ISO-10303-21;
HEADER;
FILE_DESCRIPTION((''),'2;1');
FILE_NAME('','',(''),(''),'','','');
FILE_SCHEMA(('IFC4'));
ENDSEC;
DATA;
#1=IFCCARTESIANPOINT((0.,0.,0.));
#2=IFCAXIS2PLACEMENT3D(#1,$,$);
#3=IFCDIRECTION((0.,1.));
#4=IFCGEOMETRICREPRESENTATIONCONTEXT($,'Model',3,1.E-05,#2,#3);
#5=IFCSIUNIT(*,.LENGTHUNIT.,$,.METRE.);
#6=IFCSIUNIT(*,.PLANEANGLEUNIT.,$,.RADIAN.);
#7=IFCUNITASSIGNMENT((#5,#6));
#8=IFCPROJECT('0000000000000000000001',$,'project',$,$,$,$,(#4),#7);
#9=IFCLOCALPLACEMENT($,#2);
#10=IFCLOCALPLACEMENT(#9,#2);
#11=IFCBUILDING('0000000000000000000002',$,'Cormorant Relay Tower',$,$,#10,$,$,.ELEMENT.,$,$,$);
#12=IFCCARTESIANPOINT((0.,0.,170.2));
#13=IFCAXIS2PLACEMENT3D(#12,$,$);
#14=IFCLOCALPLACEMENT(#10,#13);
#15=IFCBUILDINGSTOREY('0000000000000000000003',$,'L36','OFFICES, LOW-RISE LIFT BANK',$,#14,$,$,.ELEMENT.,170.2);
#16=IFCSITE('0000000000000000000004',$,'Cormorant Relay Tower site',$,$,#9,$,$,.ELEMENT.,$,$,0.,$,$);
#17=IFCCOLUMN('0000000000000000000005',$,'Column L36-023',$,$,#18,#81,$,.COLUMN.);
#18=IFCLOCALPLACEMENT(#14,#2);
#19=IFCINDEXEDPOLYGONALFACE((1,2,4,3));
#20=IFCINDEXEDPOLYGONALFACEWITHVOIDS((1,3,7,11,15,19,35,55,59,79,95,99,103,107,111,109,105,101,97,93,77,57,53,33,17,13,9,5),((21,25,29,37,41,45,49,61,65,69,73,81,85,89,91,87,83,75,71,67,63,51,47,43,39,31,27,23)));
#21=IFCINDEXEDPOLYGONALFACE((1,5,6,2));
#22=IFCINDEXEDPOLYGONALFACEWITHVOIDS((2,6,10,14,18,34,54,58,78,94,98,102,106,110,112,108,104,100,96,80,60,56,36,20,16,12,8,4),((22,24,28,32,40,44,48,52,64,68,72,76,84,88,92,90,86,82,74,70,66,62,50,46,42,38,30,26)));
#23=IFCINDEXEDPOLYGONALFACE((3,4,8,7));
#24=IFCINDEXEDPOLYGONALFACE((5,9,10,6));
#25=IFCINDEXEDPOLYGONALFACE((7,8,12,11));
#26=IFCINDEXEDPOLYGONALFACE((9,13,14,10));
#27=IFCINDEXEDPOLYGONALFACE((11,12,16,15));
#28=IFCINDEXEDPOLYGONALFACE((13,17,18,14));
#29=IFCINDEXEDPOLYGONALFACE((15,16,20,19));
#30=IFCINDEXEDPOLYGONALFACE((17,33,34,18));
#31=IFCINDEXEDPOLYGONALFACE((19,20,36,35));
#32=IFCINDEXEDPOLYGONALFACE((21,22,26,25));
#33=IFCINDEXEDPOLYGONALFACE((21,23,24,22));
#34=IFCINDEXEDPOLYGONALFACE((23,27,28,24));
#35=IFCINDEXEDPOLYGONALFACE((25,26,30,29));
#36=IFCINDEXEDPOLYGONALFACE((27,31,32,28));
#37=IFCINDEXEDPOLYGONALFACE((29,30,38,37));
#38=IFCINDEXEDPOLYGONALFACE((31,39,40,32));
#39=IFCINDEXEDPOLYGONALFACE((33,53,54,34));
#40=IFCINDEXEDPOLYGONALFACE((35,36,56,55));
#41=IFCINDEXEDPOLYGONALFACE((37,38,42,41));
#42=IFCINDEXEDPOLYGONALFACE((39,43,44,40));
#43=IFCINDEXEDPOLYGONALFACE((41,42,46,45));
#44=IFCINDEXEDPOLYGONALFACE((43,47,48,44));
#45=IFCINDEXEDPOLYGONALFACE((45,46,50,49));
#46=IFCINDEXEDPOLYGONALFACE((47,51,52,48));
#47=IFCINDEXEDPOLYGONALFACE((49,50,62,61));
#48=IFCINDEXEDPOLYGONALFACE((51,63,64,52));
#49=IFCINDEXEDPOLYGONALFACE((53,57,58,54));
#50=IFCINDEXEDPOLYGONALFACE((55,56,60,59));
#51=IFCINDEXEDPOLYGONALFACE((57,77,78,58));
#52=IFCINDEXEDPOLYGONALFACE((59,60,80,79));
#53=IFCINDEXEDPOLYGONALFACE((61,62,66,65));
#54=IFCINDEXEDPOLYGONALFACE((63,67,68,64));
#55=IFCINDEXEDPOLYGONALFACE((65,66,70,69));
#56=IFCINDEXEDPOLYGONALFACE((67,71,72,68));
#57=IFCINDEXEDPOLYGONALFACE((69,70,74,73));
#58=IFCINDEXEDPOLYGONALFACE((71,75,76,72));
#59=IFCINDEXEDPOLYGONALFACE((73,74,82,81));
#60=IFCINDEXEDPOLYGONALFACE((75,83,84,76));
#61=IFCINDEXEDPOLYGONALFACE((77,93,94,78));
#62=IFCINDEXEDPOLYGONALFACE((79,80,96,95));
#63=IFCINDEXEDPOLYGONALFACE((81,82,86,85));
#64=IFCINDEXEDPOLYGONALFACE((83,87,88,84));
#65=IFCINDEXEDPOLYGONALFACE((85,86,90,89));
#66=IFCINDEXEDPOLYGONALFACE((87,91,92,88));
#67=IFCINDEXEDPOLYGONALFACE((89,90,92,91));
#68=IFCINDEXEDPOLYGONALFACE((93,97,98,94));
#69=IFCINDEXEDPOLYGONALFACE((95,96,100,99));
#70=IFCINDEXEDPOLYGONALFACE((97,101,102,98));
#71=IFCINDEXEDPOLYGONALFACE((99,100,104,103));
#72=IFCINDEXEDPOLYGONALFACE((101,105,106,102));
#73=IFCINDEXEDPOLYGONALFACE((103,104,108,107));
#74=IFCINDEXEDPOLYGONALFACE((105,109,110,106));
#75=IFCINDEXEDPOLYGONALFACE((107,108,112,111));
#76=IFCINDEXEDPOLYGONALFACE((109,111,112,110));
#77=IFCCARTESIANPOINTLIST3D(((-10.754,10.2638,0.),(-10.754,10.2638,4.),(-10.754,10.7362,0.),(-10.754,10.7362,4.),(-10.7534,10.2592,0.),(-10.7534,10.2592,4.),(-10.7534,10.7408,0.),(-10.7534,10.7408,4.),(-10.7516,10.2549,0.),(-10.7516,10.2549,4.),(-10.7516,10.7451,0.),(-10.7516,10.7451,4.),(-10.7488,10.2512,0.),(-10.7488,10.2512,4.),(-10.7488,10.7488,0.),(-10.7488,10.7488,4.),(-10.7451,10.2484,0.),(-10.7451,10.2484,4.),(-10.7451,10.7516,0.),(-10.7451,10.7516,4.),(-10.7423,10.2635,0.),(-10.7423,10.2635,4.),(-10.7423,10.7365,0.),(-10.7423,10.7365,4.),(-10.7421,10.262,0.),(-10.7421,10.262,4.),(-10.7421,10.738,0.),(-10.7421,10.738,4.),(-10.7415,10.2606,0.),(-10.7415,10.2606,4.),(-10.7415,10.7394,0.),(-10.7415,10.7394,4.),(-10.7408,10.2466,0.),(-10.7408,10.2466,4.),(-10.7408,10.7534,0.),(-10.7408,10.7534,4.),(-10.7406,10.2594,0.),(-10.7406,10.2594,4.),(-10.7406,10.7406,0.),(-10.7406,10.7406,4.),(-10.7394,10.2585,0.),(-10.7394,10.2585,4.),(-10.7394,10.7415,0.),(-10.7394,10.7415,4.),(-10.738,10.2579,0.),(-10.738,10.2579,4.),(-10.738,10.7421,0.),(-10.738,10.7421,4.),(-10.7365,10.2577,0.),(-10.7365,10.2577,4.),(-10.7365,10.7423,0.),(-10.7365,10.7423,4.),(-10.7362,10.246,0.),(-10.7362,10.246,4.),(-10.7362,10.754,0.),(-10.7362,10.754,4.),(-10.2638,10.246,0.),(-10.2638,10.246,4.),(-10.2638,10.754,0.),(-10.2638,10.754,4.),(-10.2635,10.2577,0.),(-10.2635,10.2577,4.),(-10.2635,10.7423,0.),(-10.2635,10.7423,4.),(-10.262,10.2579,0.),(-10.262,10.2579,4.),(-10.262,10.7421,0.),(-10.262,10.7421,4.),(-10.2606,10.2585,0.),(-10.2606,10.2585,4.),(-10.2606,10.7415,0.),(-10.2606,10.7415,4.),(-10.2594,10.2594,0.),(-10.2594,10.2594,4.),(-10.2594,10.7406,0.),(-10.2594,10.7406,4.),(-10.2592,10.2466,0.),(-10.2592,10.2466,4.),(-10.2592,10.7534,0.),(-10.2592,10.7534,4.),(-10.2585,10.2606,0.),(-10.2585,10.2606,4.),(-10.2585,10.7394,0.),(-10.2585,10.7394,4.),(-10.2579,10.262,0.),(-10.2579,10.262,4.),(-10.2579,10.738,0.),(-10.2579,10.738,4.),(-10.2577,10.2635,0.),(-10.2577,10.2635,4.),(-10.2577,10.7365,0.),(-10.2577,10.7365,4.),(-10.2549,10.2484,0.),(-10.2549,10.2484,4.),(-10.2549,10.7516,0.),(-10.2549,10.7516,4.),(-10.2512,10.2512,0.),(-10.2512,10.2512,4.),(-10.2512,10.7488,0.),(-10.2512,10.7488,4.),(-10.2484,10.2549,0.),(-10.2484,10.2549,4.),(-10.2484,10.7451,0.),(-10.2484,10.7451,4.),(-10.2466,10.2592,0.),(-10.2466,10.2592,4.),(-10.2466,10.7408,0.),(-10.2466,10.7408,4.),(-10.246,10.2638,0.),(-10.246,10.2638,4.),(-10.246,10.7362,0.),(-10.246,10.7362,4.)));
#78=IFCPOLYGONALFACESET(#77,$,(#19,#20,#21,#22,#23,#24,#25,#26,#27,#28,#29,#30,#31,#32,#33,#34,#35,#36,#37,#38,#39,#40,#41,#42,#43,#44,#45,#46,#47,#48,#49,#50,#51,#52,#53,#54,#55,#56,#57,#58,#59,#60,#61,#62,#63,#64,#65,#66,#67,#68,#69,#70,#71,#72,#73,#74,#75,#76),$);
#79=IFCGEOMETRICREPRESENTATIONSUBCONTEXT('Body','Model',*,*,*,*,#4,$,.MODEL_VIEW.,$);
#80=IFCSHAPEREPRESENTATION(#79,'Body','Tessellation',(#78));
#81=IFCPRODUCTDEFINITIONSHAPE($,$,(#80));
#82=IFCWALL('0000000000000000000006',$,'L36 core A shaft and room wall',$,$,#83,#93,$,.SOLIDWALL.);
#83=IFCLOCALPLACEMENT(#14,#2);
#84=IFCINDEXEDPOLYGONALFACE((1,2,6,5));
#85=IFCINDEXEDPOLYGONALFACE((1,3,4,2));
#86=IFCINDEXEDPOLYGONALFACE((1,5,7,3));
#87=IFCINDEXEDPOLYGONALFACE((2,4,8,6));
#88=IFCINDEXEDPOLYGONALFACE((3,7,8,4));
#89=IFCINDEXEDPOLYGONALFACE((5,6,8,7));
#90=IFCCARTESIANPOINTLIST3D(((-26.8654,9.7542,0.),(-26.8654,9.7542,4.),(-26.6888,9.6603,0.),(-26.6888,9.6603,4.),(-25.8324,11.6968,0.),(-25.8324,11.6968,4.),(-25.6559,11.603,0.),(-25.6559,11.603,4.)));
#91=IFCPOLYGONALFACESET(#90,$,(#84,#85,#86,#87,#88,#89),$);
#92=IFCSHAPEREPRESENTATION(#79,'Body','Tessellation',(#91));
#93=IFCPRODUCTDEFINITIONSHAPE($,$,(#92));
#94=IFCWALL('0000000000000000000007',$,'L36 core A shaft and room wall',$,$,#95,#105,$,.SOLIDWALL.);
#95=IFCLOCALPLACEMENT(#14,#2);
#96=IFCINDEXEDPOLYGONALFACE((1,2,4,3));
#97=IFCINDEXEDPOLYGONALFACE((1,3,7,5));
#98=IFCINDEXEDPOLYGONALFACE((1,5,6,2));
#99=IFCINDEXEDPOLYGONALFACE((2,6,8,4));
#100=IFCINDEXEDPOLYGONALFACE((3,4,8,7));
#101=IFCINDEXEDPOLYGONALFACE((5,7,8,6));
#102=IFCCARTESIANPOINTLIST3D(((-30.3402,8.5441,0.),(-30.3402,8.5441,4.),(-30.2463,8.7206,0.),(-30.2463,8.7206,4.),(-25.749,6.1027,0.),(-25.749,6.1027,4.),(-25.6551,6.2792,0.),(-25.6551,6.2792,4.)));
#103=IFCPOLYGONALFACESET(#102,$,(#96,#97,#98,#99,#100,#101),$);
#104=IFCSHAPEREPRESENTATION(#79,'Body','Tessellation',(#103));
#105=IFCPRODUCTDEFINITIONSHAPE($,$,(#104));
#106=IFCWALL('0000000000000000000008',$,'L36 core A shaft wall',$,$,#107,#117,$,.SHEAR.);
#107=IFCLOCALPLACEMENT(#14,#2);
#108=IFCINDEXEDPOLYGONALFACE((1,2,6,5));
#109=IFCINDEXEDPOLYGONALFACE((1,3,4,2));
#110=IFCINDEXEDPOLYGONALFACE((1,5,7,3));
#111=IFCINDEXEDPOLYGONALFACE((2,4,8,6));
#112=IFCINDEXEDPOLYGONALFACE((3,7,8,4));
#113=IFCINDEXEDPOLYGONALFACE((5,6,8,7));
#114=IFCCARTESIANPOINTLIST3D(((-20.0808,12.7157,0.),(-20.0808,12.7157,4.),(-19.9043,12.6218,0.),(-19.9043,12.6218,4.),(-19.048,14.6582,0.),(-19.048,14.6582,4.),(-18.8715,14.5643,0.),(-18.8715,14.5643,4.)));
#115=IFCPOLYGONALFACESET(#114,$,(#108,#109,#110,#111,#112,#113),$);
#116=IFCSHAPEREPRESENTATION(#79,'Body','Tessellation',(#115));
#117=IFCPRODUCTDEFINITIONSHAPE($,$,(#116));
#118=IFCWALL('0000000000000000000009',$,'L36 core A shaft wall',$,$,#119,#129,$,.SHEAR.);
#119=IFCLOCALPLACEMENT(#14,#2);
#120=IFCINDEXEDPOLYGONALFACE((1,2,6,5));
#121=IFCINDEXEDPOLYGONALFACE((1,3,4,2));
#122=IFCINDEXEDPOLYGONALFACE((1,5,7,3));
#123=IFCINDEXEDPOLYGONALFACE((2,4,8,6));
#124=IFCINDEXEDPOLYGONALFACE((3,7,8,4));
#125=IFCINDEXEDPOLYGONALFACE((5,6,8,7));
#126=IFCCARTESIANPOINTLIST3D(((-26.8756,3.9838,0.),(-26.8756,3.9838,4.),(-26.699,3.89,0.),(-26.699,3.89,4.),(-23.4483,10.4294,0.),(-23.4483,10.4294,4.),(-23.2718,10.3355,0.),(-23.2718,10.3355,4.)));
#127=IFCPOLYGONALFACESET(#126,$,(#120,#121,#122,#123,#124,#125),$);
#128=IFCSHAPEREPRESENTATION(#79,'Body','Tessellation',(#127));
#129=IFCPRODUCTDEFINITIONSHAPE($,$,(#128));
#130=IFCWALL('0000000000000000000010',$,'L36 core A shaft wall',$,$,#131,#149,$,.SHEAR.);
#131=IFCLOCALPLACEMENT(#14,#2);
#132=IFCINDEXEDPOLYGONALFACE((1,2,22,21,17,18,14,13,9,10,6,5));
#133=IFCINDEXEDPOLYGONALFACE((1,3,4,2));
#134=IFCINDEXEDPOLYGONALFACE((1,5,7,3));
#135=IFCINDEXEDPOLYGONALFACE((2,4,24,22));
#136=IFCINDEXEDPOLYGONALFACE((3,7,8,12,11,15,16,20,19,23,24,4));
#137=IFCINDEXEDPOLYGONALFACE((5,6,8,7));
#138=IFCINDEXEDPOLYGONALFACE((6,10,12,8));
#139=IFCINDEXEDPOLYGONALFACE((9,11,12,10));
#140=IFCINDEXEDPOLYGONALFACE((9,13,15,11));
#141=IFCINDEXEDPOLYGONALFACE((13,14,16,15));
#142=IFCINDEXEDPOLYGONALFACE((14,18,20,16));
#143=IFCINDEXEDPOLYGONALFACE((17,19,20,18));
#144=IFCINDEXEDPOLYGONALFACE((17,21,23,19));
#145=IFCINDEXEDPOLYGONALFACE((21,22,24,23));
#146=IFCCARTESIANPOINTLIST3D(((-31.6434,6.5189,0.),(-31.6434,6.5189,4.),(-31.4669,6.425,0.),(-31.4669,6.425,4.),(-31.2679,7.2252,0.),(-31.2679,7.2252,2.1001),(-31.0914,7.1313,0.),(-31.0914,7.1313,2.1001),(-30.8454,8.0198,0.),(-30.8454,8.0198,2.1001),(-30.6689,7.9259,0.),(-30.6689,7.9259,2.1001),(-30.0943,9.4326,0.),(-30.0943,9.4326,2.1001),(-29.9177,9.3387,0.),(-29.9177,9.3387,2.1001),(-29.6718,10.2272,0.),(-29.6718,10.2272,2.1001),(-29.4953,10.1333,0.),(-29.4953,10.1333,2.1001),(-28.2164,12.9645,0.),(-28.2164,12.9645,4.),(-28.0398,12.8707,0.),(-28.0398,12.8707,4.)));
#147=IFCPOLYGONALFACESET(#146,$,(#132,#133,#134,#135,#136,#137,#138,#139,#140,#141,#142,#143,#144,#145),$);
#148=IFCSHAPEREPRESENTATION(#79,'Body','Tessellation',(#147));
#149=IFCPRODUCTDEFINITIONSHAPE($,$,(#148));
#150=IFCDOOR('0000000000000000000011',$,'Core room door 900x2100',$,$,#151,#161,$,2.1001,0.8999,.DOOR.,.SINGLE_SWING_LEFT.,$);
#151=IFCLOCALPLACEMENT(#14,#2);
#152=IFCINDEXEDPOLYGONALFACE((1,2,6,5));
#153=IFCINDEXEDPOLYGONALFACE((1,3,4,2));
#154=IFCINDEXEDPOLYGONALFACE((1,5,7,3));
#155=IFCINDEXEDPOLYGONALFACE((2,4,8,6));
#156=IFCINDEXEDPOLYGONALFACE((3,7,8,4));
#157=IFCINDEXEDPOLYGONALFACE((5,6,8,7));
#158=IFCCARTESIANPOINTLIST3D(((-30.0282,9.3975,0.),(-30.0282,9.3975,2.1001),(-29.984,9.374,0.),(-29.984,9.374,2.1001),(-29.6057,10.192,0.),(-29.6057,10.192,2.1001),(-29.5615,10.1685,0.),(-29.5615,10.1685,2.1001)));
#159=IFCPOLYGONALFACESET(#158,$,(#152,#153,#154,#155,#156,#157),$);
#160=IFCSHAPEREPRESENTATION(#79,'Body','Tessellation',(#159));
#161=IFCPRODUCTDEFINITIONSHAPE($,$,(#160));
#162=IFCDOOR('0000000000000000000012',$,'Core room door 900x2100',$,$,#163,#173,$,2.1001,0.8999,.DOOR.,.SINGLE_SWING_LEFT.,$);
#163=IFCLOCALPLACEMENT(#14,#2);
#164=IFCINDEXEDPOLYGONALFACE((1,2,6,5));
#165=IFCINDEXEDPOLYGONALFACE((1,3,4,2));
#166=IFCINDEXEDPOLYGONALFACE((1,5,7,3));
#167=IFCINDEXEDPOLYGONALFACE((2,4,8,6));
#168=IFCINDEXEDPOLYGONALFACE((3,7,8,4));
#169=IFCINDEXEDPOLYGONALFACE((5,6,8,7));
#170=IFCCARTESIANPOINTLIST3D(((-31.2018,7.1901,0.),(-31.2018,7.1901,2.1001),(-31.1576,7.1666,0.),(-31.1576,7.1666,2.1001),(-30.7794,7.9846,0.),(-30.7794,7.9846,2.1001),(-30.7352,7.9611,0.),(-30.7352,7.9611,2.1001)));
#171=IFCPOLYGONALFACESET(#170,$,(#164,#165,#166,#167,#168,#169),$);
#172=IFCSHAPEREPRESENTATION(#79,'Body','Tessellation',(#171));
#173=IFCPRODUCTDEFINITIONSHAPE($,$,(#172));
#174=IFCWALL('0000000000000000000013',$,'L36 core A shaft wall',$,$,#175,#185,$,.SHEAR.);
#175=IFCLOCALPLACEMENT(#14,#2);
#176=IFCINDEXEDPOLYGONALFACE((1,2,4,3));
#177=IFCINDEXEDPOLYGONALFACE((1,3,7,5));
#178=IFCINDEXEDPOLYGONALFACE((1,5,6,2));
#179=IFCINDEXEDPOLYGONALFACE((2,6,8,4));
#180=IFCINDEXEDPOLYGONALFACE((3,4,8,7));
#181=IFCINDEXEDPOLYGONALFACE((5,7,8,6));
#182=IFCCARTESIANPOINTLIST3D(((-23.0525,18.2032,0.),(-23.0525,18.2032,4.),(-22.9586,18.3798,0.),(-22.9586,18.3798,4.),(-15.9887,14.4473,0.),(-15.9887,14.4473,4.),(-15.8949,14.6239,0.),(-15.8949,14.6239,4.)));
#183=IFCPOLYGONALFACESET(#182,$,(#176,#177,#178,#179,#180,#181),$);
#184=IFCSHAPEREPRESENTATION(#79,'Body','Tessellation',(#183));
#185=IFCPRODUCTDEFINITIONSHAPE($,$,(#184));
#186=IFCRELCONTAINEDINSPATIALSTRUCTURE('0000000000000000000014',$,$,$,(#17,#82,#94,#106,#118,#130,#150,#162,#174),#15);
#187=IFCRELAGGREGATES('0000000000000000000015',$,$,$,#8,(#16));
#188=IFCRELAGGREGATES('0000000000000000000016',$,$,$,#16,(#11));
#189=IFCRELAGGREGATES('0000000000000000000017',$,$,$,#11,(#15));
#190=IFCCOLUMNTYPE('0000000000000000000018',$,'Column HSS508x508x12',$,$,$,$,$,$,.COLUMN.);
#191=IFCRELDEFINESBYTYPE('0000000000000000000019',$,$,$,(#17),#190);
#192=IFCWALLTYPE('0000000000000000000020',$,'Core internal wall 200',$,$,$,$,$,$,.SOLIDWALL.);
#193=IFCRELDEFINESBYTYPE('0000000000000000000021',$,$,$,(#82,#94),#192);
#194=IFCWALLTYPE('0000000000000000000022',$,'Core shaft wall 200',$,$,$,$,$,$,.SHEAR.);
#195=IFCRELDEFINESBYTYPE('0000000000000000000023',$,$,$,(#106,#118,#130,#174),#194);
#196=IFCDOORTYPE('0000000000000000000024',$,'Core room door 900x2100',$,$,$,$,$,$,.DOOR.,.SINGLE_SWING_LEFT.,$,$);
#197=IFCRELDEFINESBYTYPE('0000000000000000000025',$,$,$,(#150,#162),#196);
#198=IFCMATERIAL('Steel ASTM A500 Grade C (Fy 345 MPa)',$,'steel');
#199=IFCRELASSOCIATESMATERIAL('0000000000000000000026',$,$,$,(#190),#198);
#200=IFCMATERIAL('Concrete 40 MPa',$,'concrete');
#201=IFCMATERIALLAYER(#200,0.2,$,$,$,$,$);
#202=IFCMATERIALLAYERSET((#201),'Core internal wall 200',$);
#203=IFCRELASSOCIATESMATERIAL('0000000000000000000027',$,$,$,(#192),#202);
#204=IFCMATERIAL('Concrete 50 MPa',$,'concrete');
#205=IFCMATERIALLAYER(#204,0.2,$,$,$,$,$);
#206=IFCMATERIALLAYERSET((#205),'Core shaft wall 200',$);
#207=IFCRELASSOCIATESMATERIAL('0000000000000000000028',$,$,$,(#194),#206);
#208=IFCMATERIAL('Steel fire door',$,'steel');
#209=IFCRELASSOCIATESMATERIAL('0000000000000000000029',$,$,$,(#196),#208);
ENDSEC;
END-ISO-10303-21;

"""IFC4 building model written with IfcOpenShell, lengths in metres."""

from ifc_helpers import new_model, si_unit, direction, frame, frame_2d, origin, origin_2d, place, context, subcontext, project, spatial, rectangle, hollow_rectangle, extrude, material, layer, layer_set, material_profile, profile_set, type_object, element, fill, save


model = new_model("IFC4")

# Units and contexts
model_context = context("Model", 3, precision=1e-05, world=origin(), true_north=direction((0.0, 1.0)))
body_context = subcontext(model_context, "Body", "Model", "MODEL_VIEW")
ifc_project = project(units=[si_unit("LENGTHUNIT", "METRE"), si_unit("PLANEANGLEUNIT", "RADIAN")], contexts=[model_context])

# Site, building, storey
site_placement = place(None, origin())
site = spatial("IfcSite", under=ifc_project, at=site_placement, Name="Cormorant Relay Tower site", CompositionType="ELEMENT", RefElevation=0.0)
building_placement = place(site_placement, origin())
building = spatial("IfcBuilding", under=site, at=building_placement, Name="Cormorant Relay Tower", CompositionType="ELEMENT")
storey_placement = place(building_placement, frame((0.0, 0.0, 170.2)))
storey = spatial("IfcBuildingStorey", under=building, at=storey_placement, Name="L36", Description="OFFICES, LOW-RISE LIFT BANK", CompositionType="ELEMENT", Elevation=170.2)

# Column
ifc_material_1 = material(Name="Steel ASTM A500 Grade C (Fy 345 MPa)", Category="steel")
ifc_material_profile = material_profile(ifc_material_1, hollow_rectangle(XDim=0.5081, YDim=0.5081, WallThickness=0.0117, InnerFilletRadius=0.0059, OuterFilletRadius=0.0178, at=origin_2d()), Name="HSS508x508x12")
ifc_profile_set = profile_set([ifc_material_profile], Name="Steel ASTM A500 Grade C (Fy 345 MPa)")
column_type = type_object("IfcColumnType", Name="Column HSS508x508x12", PredefinedType="COLUMN", material=ifc_profile_set)
column_placement = place(storey_placement, frame((-10.5, 10.5, 0.0), z_axis=(0.0, 0.0, 1.0), x_axis=(1.0, 0.0, 0.0)))
element("IfcColumn", 1, at=column_placement, inside=storey, type_object=column_type, Name="Column L36-023", PredefinedType="COLUMN", context=body_context, shape_type="SweptSolid", body=[
    extrude(hollow_rectangle(XDim=0.5081, YDim=0.5081, WallThickness=0.0117, InnerFilletRadius=0.0059, OuterFilletRadius=0.0178, at=origin_2d()), origin(), (0.0, 0.0, 1.0), 4.0),
])

# Walls
ifc_material_2 = material(Name="Concrete 40 MPa", Category="concrete")
ifc_layer_1 = layer(ifc_material_2, 0.2)
ifc_layer_set_1 = layer_set([ifc_layer_1], Name="Core internal wall 200")
wall_type_1 = type_object("IfcWallType", Name="Core internal wall 200", PredefinedType="SOLIDWALL", material=ifc_layer_set_1)
wall_1_placement = place(storey_placement, frame((-25.7441, 11.6499, 0.0), z_axis=(0.0, 0.0, 1.0), x_axis=(-0.469488, -0.882939, 0.0)))
element("IfcWall", 2, at=wall_1_placement, inside=storey, type_object=wall_type_1, Name="L36 core A shaft and room wall", PredefinedType="SOLIDWALL", context=body_context, shape_type="SweptSolid", body=[
    extrude(rectangle(XDim=2.2002, YDim=0.2, at=frame_2d((1.1001, 0.0))), origin(), (0.0, 0.0, 1.0), 4.0),
])
wall_2_placement = place(storey_placement, frame((-25.7019, 6.1909, 0.0), z_axis=(0.0, 0.0, 1.0), x_axis=(-0.882935, 0.469496, 0.0)))
element("IfcWall", 3, at=wall_2_placement, inside=storey, type_object=wall_type_1, Name="L36 core A shaft and room wall", PredefinedType="SOLIDWALL", context=body_context, shape_type="SweptSolid", body=[
    extrude(rectangle(XDim=5.2, YDim=0.2, at=frame_2d((2.6001, 0.0))), origin(), (0.0, 0.0, 1.0), 4.0),
])
ifc_material_3 = material(Name="Concrete 50 MPa", Category="concrete")
ifc_layer_2 = layer(ifc_material_3, 0.2)
ifc_layer_set_2 = layer_set([ifc_layer_2], Name="Core shaft wall 200")
wall_type_2 = type_object("IfcWallType", Name="Core shaft wall 200", PredefinedType="SHEAR", material=ifc_layer_set_2)
wall_3_placement = place(storey_placement, frame((-18.9597, 14.6113, 0.0), z_axis=(0.0, 0.0, 1.0), x_axis=(-0.469447, -0.88296, 0.0)))
element("IfcWall", 4, at=wall_3_placement, inside=storey, type_object=wall_type_2, Name="L36 core A shaft wall", PredefinedType="SHEAR", context=body_context, shape_type="SweptSolid", body=[
    extrude(rectangle(XDim=2.2, YDim=0.2, at=frame_2d((1.1001, 0.0))), origin(), (0.0, 0.0, 1.0), 4.0),
])
wall_4_placement = place(storey_placement, frame((-23.3601, 10.3823, 0.0), z_axis=(0.0, 0.0, 1.0), x_axis=(-0.46948, -0.882943, 0.0)))
element("IfcWall", 5, at=wall_4_placement, inside=storey, type_object=wall_type_2, Name="L36 core A shaft wall", PredefinedType="SHEAR", context=body_context, shape_type="SweptSolid", body=[
    extrude(rectangle(XDim=7.3, YDim=0.2, at=frame_2d((3.6499, 0.0))), origin(), (0.0, 0.0, 1.0), 4.0),
])

# Wall, openings, doors
wall_5_placement = place(storey_placement, frame((-28.1282, 12.9175, 0.0), z_axis=(0.0, 0.0, 1.0), x_axis=(-0.469454, -0.882957, 0.0)))
wall_5 = element("IfcWall", 6, at=wall_5_placement, inside=storey, type_object=wall_type_2, Name="L36 core A shaft wall", PredefinedType="SHEAR", context=body_context, shape_type="SweptSolid", body=[
    extrude(rectangle(XDim=7.3, YDim=0.2, at=frame_2d((3.6499, 0.0))), origin(), (0.0, 0.0, 1.0), 4.0),
])
opening_1_placement = place(wall_5_placement, frame((3.1001, 0.0, 0.0)))
opening_1 = element("IfcOpeningElement", 7, at=opening_1_placement, cuts=wall_5, PredefinedType="OPENING", context=body_context, shape_type="SweptSolid", body=[
    extrude(rectangle(XDim=0.8999, YDim=2.1001, at=frame_2d((0.45, 1.05))), frame((0.0, 0.1099, 0.0), z_axis=(0.0, -1.0, 0.0), x_axis=(1.0, 0.0, 0.0)), (0.0, 0.0, 1.0), 0.22),
])
opening_2_placement = place(wall_5_placement, frame((5.6001, 0.0, 0.0)))
opening_2 = element("IfcOpeningElement", 8, at=opening_2_placement, cuts=wall_5, PredefinedType="OPENING", context=body_context, shape_type="SweptSolid", body=[
    extrude(rectangle(XDim=0.8999, YDim=2.1001, at=frame_2d((0.45, 1.05))), frame((0.0, 0.1099, 0.0), z_axis=(0.0, -1.0, 0.0), x_axis=(1.0, 0.0, 0.0)), (0.0, 0.0, 1.0), 0.22),
])
ifc_material_4 = material(Name="Steel fire door", Category="steel")
door_type_1 = type_object("IfcDoorType", Name="Core room door 900x2100", OperationType="SINGLE_SWING_LEFT", PredefinedType="DOOR", material=ifc_material_4)
door_1_placement = place(opening_1_placement, origin())
door_1 = element("IfcDoor", 9, at=door_1_placement, inside=storey, type_object=door_type_1, Name="Core room door 900x2100", OperationType="SINGLE_SWING_LEFT", OverallHeight=2.1001, OverallWidth=0.8999, PredefinedType="DOOR", context=body_context, shape_type="SweptSolid", body=[
    extrude(rectangle(XDim=0.8999, YDim=2.1001, at=frame_2d((0.45, 1.05))), frame((0.0, 0.0249, 0.0), z_axis=(0.0, -1.0, 0.0), x_axis=(1.0, 0.0, 0.0)), (0.0, 0.0, 1.0), 0.05),
])
fill(opening_1, door_1)
door_2_placement = place(opening_2_placement, origin())
door_2 = element("IfcDoor", 10, at=door_2_placement, inside=storey, type_object=door_type_1, Name="Core room door 900x2100", OperationType="SINGLE_SWING_LEFT", OverallHeight=2.1001, OverallWidth=0.8999, PredefinedType="DOOR", context=body_context, shape_type="SweptSolid", body=[
    extrude(rectangle(XDim=0.8999, YDim=2.1001, at=frame_2d((0.45, 1.05))), frame((0.0, 0.0249, 0.0), z_axis=(0.0, -1.0, 0.0), x_axis=(1.0, 0.0, 0.0)), (0.0, 0.0, 1.0), 0.05),
])
fill(opening_2, door_2)

# Wall
wall_6_placement = place(storey_placement, frame((-15.9419, 14.5356, 0.0), z_axis=(0.0, 0.0, 1.0), x_axis=(-0.882947, 0.469473, 0.0)))
element("IfcWall", 11, at=wall_6_placement, inside=storey, type_object=wall_type_2, Name="L36 core A shaft wall", PredefinedType="SHEAR", context=body_context, shape_type="SweptSolid", body=[
    extrude(rectangle(XDim=8.0002, YDim=0.2, at=frame_2d((4.0, 0.0))), origin(), (0.0, 0.0, 1.0), 4.0),
])

save(model, "model.ifc")
